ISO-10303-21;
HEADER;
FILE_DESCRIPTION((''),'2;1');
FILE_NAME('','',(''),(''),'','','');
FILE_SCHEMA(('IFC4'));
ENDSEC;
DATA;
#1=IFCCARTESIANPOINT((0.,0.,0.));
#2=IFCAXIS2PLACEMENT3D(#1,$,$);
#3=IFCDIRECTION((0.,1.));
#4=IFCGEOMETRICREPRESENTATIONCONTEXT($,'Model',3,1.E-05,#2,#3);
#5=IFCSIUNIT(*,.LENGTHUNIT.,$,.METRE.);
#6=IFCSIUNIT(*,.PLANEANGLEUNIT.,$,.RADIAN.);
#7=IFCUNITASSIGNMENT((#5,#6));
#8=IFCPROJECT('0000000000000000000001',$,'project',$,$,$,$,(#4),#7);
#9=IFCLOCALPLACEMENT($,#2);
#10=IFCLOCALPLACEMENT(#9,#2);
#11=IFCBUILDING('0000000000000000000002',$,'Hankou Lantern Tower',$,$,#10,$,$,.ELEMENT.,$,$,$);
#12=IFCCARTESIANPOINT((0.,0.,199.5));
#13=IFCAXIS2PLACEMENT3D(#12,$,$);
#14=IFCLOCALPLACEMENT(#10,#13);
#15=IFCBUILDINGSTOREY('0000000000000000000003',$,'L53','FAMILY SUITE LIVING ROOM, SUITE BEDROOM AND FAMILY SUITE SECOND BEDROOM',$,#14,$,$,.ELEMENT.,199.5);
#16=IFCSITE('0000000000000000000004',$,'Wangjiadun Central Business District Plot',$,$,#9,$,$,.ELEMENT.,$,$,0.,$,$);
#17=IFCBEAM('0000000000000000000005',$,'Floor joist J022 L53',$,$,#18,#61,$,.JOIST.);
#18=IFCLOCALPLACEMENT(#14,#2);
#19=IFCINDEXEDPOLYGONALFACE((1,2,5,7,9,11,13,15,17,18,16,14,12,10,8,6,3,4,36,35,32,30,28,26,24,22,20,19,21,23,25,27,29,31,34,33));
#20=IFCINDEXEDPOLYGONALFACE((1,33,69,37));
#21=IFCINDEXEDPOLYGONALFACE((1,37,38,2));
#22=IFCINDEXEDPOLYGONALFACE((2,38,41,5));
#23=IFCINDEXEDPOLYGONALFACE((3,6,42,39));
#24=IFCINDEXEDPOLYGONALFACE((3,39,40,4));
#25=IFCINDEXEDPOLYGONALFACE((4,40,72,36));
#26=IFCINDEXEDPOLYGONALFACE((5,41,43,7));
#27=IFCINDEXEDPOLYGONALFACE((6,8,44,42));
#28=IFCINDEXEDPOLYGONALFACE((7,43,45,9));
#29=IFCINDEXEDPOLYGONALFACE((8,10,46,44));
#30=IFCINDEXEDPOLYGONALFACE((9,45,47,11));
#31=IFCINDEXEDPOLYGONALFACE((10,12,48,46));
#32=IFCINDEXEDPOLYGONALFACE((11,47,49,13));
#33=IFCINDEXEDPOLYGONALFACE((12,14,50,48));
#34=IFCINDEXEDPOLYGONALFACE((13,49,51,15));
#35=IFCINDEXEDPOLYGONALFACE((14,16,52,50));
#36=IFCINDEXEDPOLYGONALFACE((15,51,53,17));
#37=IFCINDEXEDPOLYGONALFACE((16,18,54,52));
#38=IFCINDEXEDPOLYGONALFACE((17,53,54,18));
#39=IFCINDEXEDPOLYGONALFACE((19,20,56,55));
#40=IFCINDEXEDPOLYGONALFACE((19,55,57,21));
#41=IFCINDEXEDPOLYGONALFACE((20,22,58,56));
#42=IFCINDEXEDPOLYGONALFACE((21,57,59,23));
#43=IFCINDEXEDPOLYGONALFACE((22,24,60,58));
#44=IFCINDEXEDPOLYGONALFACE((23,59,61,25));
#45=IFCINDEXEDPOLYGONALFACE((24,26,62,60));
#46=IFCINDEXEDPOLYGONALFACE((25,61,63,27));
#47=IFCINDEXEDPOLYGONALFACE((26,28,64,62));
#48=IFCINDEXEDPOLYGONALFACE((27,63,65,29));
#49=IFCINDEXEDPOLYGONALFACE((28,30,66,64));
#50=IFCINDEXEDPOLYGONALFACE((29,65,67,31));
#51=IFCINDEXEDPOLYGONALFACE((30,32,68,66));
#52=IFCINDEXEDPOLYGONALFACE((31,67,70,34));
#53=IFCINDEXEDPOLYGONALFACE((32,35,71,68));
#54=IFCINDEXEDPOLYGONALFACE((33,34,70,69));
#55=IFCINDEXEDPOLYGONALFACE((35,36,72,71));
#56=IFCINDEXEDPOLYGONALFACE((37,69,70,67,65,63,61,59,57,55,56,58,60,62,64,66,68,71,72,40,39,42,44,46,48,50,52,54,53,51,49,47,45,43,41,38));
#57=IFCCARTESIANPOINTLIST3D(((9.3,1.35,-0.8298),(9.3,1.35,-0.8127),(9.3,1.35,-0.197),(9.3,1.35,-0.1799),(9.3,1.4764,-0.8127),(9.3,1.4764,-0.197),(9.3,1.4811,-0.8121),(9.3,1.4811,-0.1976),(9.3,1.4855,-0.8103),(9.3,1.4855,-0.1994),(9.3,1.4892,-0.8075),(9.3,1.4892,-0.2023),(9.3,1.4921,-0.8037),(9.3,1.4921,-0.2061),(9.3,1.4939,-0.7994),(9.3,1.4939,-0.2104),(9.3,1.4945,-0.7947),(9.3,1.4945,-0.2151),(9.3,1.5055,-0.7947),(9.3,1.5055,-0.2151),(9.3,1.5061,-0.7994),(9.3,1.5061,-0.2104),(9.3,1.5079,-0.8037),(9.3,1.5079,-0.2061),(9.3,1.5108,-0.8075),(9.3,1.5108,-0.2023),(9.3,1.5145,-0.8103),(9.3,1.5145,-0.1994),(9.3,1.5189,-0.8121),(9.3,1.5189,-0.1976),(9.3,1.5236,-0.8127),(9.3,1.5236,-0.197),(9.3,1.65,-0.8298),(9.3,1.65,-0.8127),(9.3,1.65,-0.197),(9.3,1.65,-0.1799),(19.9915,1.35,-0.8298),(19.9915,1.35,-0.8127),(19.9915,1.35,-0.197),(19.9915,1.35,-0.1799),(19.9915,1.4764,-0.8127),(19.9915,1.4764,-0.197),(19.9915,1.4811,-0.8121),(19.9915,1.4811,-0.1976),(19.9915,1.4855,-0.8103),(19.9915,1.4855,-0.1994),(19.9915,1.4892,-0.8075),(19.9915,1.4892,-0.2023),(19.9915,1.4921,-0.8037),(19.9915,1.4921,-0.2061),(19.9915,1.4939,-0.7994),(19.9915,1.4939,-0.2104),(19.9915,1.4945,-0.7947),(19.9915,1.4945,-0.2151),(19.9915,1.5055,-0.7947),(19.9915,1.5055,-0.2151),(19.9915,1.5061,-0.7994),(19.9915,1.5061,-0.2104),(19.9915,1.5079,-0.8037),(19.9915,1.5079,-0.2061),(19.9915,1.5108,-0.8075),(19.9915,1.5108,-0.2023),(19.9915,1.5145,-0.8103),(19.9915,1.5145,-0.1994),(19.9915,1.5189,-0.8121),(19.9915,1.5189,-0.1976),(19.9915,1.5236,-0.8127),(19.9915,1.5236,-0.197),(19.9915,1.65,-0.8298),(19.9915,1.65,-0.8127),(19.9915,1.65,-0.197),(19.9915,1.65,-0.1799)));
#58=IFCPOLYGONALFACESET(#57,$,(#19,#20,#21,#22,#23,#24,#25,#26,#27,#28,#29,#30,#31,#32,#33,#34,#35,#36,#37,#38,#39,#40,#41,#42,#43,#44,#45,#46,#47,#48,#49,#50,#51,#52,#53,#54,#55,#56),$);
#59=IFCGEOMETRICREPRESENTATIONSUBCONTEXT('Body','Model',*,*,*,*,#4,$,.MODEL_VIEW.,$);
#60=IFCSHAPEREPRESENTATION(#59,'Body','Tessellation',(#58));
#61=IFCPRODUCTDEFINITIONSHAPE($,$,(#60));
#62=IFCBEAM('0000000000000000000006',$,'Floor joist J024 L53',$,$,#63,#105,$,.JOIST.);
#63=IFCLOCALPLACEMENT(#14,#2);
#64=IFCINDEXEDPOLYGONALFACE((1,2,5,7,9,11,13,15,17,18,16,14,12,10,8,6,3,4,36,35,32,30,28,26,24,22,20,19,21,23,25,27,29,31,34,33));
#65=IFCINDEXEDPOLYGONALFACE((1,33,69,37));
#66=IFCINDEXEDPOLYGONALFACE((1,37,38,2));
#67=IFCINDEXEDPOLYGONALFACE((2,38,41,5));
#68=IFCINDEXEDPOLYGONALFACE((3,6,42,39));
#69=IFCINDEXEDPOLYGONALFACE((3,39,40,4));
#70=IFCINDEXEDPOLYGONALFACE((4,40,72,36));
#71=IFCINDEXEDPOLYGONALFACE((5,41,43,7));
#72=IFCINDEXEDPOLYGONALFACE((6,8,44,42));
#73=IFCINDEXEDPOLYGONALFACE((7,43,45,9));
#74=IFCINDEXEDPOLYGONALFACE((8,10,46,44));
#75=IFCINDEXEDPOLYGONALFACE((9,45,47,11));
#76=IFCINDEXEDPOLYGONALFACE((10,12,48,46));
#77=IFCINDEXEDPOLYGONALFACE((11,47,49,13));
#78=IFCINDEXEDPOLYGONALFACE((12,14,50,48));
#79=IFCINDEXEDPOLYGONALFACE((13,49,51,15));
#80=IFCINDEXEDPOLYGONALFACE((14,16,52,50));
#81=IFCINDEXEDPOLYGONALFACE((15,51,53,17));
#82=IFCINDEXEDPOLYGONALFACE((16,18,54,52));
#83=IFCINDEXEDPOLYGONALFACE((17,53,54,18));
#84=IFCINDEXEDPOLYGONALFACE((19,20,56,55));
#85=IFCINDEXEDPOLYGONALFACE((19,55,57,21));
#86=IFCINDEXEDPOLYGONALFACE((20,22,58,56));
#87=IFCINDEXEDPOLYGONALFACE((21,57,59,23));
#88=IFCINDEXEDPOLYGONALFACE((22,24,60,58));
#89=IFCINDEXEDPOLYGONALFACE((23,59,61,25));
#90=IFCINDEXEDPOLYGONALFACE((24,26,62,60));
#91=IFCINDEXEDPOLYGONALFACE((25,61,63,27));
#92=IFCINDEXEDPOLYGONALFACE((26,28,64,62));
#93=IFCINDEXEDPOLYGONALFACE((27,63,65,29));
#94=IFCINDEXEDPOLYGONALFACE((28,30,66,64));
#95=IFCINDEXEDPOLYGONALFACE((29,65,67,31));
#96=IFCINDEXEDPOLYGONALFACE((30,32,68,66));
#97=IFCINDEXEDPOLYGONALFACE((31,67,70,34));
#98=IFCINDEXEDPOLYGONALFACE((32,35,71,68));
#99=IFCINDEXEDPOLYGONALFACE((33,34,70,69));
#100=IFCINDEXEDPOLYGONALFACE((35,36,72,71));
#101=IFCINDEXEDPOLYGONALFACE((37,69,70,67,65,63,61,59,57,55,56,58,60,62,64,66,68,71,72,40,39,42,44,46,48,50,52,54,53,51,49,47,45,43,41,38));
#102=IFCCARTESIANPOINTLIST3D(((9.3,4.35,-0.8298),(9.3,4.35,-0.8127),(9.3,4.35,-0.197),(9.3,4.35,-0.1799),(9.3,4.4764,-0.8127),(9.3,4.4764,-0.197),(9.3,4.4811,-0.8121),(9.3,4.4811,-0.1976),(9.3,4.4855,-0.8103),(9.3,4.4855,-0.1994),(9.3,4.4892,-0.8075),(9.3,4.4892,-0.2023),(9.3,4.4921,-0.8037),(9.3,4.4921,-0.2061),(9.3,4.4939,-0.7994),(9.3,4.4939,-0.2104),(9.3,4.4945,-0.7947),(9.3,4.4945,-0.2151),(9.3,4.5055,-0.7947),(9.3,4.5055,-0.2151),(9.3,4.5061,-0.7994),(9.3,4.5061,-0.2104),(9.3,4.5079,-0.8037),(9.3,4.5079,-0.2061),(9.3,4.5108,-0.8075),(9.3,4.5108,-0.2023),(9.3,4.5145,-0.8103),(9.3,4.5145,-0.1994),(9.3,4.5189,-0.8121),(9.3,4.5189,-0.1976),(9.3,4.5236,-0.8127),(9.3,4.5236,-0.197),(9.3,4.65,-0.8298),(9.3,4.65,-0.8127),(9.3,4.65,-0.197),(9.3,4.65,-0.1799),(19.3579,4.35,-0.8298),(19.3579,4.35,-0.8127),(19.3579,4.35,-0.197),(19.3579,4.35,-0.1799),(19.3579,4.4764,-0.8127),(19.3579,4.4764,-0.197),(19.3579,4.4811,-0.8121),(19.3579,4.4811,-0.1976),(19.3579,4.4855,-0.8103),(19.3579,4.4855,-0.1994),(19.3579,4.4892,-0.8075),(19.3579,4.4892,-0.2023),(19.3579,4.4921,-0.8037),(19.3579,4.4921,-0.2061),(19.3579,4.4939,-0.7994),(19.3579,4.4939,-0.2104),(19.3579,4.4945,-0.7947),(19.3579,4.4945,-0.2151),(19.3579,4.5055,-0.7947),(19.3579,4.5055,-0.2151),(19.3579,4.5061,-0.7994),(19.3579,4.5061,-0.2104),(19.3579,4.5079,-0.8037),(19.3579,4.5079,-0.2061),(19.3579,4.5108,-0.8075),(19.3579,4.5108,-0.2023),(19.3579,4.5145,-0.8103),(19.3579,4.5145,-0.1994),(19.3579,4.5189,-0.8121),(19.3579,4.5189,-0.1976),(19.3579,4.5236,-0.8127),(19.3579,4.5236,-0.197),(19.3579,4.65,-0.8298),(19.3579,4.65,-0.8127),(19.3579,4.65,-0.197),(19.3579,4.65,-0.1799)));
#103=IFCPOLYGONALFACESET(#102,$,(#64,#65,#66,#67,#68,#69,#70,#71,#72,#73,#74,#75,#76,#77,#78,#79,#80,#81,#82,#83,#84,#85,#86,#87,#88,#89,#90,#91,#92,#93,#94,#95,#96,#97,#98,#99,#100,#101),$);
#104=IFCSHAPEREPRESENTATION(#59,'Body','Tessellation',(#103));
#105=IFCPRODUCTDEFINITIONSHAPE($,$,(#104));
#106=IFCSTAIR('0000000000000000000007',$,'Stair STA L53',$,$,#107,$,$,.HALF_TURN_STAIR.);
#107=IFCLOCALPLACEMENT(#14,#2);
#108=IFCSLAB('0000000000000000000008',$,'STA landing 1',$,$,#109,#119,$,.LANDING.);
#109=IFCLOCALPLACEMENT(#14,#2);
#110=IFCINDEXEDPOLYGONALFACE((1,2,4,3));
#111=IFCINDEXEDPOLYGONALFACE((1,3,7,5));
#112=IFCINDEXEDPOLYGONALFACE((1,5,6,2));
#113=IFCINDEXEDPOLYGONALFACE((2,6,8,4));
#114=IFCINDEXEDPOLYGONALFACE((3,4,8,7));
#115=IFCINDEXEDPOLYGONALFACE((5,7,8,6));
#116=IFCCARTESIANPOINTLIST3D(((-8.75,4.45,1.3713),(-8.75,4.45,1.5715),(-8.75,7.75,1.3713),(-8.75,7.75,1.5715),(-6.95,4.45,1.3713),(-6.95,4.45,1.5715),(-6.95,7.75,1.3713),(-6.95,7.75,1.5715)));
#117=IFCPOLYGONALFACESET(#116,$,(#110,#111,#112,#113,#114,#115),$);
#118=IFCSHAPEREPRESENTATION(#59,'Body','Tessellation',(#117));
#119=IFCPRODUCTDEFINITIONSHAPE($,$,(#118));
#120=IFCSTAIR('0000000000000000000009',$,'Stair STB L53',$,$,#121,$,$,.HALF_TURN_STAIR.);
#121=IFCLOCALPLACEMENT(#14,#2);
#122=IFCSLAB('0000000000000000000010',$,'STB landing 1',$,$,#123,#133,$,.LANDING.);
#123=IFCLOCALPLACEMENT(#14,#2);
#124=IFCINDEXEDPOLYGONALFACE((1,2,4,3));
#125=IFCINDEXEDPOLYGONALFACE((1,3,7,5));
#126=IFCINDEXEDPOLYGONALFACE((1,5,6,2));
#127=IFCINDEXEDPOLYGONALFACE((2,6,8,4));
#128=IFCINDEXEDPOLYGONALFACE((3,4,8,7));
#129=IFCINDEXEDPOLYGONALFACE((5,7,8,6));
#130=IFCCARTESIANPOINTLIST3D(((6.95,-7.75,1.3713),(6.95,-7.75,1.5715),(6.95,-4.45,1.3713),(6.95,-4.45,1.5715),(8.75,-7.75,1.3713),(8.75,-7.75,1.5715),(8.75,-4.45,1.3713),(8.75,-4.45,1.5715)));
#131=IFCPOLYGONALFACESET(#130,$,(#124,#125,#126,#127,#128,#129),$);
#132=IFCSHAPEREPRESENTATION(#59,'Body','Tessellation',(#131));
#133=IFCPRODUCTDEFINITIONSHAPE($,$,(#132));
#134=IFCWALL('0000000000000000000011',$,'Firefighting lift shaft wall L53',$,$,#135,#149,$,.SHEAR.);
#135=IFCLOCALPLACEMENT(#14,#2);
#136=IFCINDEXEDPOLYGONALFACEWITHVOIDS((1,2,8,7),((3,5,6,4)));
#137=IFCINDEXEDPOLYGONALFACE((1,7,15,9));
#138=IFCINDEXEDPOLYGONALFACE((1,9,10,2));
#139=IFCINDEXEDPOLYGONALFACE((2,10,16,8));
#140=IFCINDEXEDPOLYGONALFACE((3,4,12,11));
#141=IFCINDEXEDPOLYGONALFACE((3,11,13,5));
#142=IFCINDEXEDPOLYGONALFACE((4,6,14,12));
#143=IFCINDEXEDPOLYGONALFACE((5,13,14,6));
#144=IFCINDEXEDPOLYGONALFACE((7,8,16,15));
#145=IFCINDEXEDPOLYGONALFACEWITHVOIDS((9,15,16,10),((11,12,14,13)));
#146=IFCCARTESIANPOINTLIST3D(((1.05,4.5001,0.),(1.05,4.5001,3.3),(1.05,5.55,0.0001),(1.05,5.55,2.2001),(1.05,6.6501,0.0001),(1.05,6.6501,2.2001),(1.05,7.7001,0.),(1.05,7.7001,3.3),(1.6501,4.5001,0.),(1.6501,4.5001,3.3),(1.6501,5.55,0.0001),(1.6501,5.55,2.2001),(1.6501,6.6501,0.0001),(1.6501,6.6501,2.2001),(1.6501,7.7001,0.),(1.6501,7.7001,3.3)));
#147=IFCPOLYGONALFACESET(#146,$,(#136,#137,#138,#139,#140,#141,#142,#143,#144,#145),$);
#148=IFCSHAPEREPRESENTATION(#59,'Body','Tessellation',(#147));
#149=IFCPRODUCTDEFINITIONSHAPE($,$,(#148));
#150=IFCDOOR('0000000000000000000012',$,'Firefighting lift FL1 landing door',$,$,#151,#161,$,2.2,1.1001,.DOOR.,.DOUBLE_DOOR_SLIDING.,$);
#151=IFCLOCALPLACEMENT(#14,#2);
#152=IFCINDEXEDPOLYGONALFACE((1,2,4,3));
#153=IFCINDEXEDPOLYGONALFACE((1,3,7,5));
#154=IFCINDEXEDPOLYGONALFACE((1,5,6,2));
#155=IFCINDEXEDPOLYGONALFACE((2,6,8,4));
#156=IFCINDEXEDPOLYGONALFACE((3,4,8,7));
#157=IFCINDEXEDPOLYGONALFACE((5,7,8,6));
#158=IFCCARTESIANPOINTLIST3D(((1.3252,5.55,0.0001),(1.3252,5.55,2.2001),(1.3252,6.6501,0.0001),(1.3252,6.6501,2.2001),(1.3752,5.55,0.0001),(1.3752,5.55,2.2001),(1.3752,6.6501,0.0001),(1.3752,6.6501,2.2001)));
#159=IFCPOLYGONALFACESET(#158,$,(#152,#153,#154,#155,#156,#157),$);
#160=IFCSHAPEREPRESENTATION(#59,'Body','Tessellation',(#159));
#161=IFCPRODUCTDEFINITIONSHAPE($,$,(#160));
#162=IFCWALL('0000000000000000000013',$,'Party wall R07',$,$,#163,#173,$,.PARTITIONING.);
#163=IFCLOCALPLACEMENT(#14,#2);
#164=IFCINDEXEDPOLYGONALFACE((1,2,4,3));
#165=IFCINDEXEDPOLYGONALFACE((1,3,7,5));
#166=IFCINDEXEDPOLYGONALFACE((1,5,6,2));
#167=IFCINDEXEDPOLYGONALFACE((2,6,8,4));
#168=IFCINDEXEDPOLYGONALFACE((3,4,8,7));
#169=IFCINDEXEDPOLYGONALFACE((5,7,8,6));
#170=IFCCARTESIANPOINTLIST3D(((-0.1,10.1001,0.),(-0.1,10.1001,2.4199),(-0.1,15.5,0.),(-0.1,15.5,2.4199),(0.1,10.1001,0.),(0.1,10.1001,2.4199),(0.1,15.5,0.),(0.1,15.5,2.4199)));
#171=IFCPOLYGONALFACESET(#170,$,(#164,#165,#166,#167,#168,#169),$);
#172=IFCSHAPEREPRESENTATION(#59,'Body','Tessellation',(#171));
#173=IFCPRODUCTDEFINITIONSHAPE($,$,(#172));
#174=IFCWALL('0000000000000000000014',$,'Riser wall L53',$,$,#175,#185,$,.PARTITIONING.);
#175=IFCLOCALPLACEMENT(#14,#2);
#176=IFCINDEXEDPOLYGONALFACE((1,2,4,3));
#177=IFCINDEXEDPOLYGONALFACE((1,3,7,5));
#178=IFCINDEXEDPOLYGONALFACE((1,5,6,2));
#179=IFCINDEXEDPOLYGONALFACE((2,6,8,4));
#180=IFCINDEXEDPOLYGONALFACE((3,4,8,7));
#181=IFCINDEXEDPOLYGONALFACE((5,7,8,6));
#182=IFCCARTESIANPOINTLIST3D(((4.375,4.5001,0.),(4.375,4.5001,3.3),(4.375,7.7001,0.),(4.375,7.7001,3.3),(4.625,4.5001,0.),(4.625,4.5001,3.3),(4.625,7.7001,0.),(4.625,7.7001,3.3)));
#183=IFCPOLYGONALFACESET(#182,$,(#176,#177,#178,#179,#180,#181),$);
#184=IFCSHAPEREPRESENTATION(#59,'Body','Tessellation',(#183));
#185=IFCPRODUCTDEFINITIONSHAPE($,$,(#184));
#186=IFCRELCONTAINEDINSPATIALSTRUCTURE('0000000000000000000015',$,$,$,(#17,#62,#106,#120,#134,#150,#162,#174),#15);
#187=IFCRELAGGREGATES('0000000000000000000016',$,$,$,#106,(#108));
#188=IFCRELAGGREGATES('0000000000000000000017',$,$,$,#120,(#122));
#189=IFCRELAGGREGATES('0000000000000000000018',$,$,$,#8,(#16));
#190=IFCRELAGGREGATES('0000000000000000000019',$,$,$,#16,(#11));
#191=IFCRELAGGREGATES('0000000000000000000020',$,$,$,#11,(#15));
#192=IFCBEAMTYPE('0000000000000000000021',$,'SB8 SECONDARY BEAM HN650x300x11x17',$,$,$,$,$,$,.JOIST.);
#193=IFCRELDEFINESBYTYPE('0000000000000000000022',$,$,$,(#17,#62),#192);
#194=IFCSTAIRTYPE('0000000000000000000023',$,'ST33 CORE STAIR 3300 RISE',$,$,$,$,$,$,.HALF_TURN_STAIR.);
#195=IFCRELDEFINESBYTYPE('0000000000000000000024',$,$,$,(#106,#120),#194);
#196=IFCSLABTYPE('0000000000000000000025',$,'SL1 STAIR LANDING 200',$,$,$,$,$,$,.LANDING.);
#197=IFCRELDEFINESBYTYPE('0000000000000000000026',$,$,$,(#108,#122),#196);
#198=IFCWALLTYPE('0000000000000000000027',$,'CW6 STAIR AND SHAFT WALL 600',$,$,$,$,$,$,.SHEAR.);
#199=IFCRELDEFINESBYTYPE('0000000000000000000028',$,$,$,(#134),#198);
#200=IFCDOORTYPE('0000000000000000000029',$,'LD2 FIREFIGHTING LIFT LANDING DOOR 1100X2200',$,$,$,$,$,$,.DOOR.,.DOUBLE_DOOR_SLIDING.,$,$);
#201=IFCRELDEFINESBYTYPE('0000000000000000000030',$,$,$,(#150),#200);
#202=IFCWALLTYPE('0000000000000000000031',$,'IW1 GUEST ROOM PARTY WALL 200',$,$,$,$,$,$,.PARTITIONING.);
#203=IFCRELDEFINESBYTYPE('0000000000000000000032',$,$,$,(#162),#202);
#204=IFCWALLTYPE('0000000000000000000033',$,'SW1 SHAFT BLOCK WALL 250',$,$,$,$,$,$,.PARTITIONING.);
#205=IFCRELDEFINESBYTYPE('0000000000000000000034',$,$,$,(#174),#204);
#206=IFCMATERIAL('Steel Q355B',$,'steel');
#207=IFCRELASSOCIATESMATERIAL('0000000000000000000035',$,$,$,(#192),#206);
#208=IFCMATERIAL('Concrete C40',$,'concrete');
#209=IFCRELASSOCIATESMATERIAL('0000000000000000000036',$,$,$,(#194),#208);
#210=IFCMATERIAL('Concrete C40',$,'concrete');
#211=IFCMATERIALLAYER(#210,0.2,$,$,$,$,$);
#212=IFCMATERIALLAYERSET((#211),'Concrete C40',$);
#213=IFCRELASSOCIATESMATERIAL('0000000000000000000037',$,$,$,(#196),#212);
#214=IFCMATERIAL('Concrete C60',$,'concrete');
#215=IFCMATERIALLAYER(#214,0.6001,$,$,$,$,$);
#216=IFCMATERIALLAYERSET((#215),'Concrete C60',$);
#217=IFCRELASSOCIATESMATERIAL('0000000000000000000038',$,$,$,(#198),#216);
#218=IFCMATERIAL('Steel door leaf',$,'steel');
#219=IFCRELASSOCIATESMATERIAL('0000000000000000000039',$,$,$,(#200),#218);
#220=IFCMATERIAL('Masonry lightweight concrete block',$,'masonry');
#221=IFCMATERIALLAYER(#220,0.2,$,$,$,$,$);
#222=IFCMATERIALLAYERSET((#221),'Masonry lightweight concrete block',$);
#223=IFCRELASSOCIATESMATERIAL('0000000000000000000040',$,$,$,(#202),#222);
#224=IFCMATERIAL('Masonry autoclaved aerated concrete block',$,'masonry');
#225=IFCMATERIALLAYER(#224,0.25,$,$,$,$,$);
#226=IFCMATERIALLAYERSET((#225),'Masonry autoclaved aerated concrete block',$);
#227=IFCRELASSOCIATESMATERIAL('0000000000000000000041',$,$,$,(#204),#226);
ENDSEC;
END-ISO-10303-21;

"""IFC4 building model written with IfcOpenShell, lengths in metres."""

from ifc_helpers import new_model, si_unit, direction, frame, frame_2d, origin, origin_2d, place, context, subcontext, project, spatial, polyline, rectangle, i_section, outline, extrude, material, layer, layer_set, material_profile, profile_set, type_object, element, fill, aggregate, save


model = new_model("IFC4")

# Units and contexts
model_context = context("Model", 3, precision=1e-05, world=origin(), true_north=direction((0.0, 1.0)))
body_context = subcontext(model_context, "Body", "Model", "MODEL_VIEW")
ifc_project = project(units=[si_unit("LENGTHUNIT", "METRE"), si_unit("PLANEANGLEUNIT", "RADIAN")], contexts=[model_context])

# Site, building, storey
site_placement = place(None, origin())
site = spatial("IfcSite", under=ifc_project, at=site_placement, Name="Wangjiadun Central Business District Plot", CompositionType="ELEMENT", RefElevation=0.0)
building_placement = place(site_placement, origin())
building = spatial("IfcBuilding", under=site, at=building_placement, Name="Hankou Lantern Tower", CompositionType="ELEMENT")
storey_placement = place(building_placement, frame((0.0, 0.0, 199.5)))
storey = spatial("IfcBuildingStorey", under=building, at=storey_placement, Name="L53", Description="FAMILY SUITE LIVING ROOM, SUITE BEDROOM AND FAMILY SUITE SECOND BEDROOM", CompositionType="ELEMENT", Elevation=199.5)

# Beams
ifc_material_1 = material(Name="Steel Q355B", Category="steel")
ifc_material_profile_1 = material_profile(ifc_material_1, i_section(OverallWidth=0.3, OverallDepth=0.6499, WebThickness=0.011, FlangeThickness=0.0171, FilletRadius=0.0181, at=origin_2d()), Name="HN650x300x11x17")
ifc_profile_set_1 = profile_set([ifc_material_profile_1], Name="Steel Q355B")
beam_type_1 = type_object("IfcBeamType", Name="SB8 SECONDARY BEAM HN650x300x11x17", PredefinedType="JOIST", material=ifc_profile_set_1)
beam_1_placement = place(storey_placement, frame((9.3, 1.5, -0.5049), z_axis=(1.0, 0.0, 0.0), x_axis=(0.0, 1.0, 0.0)))
element("IfcBeam", 1, at=beam_1_placement, inside=storey, type_object=beam_type_1, Name="Floor joist J022 L53", PredefinedType="JOIST", context=body_context, shape_type="SweptSolid", body=[
    extrude(i_section(OverallWidth=0.3, OverallDepth=0.6499, WebThickness=0.011, FlangeThickness=0.0171, FilletRadius=0.0181, at=origin_2d()), origin(), (0.0, 0.0, 1.0), 10.6914),
])
beam_2_placement = place(storey_placement, frame((9.3, 4.5, -0.5049), z_axis=(1.0, 0.0, 0.0), x_axis=(0.0, 1.0, 0.0)))
element("IfcBeam", 2, at=beam_2_placement, inside=storey, type_object=beam_type_1, Name="Floor joist J024 L53", PredefinedType="JOIST", context=body_context, shape_type="SweptSolid", body=[
    extrude(i_section(OverallWidth=0.3, OverallDepth=0.6499, WebThickness=0.011, FlangeThickness=0.0171, FilletRadius=0.0181, at=origin_2d()), origin(), (0.0, 0.0, 1.0), 10.0579),
])

# Stairs, slabs
ifc_material_2 = material(Name="Concrete C40", Category="concrete")
stair_type = type_object("IfcStairType", Name="ST33 CORE STAIR 3300 RISE", PredefinedType="HALF_TURN_STAIR", material=ifc_material_2)
stair_1_placement = place(storey_placement, origin())
stair_1 = element("IfcStair", 3, at=stair_1_placement, inside=storey, type_object=stair_type, Name="Stair STA L53", PredefinedType="HALF_TURN_STAIR")
ifc_material_3 = material(Name="Concrete C40", Category="concrete")
ifc_layer_1 = layer(ifc_material_3, 0.2)
ifc_layer_set_1 = layer_set([ifc_layer_1], Name="Concrete C40")
slab_type = type_object("IfcSlabType", Name="SL1 STAIR LANDING 200", PredefinedType="LANDING", material=ifc_layer_set_1)
slab_1_placement = place(storey_placement, frame((0.0, 0.0, 1.3713)))
slab_1 = element("IfcSlab", 4, at=slab_1_placement, type_object=slab_type, Name="STA landing 1", PredefinedType="LANDING", context=body_context, shape_type="SweptSolid", body=[
    extrude(outline(polyline([(-8.75, 4.45), (-6.95, 4.45), (-6.95, 7.75), (-8.75, 7.75), (-8.75, 4.45)])), origin(), (0.0, 0.0, 1.0), 0.2002),
])
aggregate(stair_1, [slab_1])
stair_2_placement = place(storey_placement, origin())
stair_2 = element("IfcStair", 5, at=stair_2_placement, inside=storey, type_object=stair_type, Name="Stair STB L53", PredefinedType="HALF_TURN_STAIR")
slab_2_placement = place(storey_placement, frame((0.0, 0.0, 1.3713)))
slab_2 = element("IfcSlab", 6, at=slab_2_placement, type_object=slab_type, Name="STB landing 1", PredefinedType="LANDING", context=body_context, shape_type="SweptSolid", body=[
    extrude(outline(polyline([(8.75, -4.45), (6.95, -4.45), (6.95, -7.75), (8.75, -7.75), (8.75, -4.45)])), origin(), (0.0, 0.0, 1.0), 0.2002),
])
aggregate(stair_2, [slab_2])

# Wall, opening, door
ifc_material_4 = material(Name="Concrete C60", Category="concrete")
ifc_layer_2 = layer(ifc_material_4, 0.6001)
ifc_layer_set_2 = layer_set([ifc_layer_2], Name="Concrete C60")
wall_type_1 = type_object("IfcWallType", Name="CW6 STAIR AND SHAFT WALL 600", PredefinedType="SHEAR", material=ifc_layer_set_2)
wall_1_placement = place(storey_placement, frame((1.3501, 4.5, 0.0), z_axis=(0.0, 0.0, 1.0), x_axis=(0.0, 1.0, 0.0)))
wall_1 = element("IfcWall", 7, at=wall_1_placement, inside=storey, type_object=wall_type_1, Name="Firefighting lift shaft wall L53", PredefinedType="SHEAR", context=body_context, shape_type="SweptSolid", body=[
    extrude(rectangle(XDim=3.2, YDim=0.6001, at=frame_2d((1.6001, 0.0))), origin(), (0.0, 0.0, 1.0), 3.3),
])
opening_placement = place(wall_1_placement, frame((1.05, 0.0, 0.0)))
opening = element("IfcOpeningElement", 8, at=opening_placement, cuts=wall_1, PredefinedType="OPENING", context=body_context, shape_type="SweptSolid", body=[
    extrude(rectangle(XDim=1.1001, YDim=2.2, at=frame_2d((0.55, 1.1001))), frame((0.0, 0.3101, 0.0), z_axis=(0.0, -1.0, 0.0), x_axis=(1.0, 0.0, 0.0)), (0.0, 0.0, 1.0), 0.6201),
])
ifc_material_5 = material(Name="Steel door leaf", Category="steel")
door_type = type_object("IfcDoorType", Name="LD2 FIREFIGHTING LIFT LANDING DOOR 1100X2200", OperationType="DOUBLE_DOOR_SLIDING", PredefinedType="DOOR", material=ifc_material_5)
door_placement = place(opening_placement, origin())
door = element("IfcDoor", 9, at=door_placement, inside=storey, type_object=door_type, Name="Firefighting lift FL1 landing door", OperationType="DOUBLE_DOOR_SLIDING", OverallHeight=2.2, OverallWidth=1.1001, PredefinedType="DOOR", context=body_context, shape_type="SweptSolid", body=[
    extrude(rectangle(XDim=1.1001, YDim=2.2, at=frame_2d((0.55, 1.1001))), frame((0.0, 0.0249, 0.0), z_axis=(0.0, -1.0, 0.0), x_axis=(1.0, 0.0, 0.0)), (0.0, 0.0, 1.0), 0.05),
])
fill(opening, door)

# Walls
ifc_material_6 = material(Name="Masonry lightweight concrete block", Category="masonry")
ifc_layer_3 = layer(ifc_material_6, 0.2)
ifc_layer_set_3 = layer_set([ifc_layer_3], Name="Masonry lightweight concrete block")
wall_type_2 = type_object("IfcWallType", Name="IW1 GUEST ROOM PARTY WALL 200", PredefinedType="PARTITIONING", material=ifc_layer_set_3)
wall_2_placement = place(storey_placement, frame((0.0, 10.1001, 0.0), z_axis=(0.0, 0.0, 1.0), x_axis=(0.0, 1.0, 0.0)))
element("IfcWall", 10, at=wall_2_placement, inside=storey, type_object=wall_type_2, Name="Party wall R07", PredefinedType="PARTITIONING", context=body_context, shape_type="SweptSolid", body=[
    extrude(rectangle(XDim=5.3999, YDim=0.2, at=frame_2d((2.7, 0.0))), origin(), (0.0, 0.0, 1.0), 2.4199),
])
ifc_material_7 = material(Name="Masonry autoclaved aerated concrete block", Category="masonry")
ifc_layer_4 = layer(ifc_material_7, 0.25)
ifc_layer_set_4 = layer_set([ifc_layer_4], Name="Masonry autoclaved aerated concrete block")
wall_type_3 = type_object("IfcWallType", Name="SW1 SHAFT BLOCK WALL 250", PredefinedType="PARTITIONING", material=ifc_layer_set_4)
wall_3_placement = place(storey_placement, frame((4.5, 4.5, 0.0), z_axis=(0.0, 0.0, 1.0), x_axis=(0.0, 1.0, 0.0)))
element("IfcWall", 11, at=wall_3_placement, inside=storey, type_object=wall_type_3, Name="Riser wall L53", PredefinedType="PARTITIONING", context=body_context, shape_type="SweptSolid", body=[
    extrude(rectangle(XDim=3.2, YDim=0.25, at=frame_2d((1.6001, 0.0))), origin(), (0.0, 0.0, 1.0), 3.3),
])

save(model, "model.ifc")
